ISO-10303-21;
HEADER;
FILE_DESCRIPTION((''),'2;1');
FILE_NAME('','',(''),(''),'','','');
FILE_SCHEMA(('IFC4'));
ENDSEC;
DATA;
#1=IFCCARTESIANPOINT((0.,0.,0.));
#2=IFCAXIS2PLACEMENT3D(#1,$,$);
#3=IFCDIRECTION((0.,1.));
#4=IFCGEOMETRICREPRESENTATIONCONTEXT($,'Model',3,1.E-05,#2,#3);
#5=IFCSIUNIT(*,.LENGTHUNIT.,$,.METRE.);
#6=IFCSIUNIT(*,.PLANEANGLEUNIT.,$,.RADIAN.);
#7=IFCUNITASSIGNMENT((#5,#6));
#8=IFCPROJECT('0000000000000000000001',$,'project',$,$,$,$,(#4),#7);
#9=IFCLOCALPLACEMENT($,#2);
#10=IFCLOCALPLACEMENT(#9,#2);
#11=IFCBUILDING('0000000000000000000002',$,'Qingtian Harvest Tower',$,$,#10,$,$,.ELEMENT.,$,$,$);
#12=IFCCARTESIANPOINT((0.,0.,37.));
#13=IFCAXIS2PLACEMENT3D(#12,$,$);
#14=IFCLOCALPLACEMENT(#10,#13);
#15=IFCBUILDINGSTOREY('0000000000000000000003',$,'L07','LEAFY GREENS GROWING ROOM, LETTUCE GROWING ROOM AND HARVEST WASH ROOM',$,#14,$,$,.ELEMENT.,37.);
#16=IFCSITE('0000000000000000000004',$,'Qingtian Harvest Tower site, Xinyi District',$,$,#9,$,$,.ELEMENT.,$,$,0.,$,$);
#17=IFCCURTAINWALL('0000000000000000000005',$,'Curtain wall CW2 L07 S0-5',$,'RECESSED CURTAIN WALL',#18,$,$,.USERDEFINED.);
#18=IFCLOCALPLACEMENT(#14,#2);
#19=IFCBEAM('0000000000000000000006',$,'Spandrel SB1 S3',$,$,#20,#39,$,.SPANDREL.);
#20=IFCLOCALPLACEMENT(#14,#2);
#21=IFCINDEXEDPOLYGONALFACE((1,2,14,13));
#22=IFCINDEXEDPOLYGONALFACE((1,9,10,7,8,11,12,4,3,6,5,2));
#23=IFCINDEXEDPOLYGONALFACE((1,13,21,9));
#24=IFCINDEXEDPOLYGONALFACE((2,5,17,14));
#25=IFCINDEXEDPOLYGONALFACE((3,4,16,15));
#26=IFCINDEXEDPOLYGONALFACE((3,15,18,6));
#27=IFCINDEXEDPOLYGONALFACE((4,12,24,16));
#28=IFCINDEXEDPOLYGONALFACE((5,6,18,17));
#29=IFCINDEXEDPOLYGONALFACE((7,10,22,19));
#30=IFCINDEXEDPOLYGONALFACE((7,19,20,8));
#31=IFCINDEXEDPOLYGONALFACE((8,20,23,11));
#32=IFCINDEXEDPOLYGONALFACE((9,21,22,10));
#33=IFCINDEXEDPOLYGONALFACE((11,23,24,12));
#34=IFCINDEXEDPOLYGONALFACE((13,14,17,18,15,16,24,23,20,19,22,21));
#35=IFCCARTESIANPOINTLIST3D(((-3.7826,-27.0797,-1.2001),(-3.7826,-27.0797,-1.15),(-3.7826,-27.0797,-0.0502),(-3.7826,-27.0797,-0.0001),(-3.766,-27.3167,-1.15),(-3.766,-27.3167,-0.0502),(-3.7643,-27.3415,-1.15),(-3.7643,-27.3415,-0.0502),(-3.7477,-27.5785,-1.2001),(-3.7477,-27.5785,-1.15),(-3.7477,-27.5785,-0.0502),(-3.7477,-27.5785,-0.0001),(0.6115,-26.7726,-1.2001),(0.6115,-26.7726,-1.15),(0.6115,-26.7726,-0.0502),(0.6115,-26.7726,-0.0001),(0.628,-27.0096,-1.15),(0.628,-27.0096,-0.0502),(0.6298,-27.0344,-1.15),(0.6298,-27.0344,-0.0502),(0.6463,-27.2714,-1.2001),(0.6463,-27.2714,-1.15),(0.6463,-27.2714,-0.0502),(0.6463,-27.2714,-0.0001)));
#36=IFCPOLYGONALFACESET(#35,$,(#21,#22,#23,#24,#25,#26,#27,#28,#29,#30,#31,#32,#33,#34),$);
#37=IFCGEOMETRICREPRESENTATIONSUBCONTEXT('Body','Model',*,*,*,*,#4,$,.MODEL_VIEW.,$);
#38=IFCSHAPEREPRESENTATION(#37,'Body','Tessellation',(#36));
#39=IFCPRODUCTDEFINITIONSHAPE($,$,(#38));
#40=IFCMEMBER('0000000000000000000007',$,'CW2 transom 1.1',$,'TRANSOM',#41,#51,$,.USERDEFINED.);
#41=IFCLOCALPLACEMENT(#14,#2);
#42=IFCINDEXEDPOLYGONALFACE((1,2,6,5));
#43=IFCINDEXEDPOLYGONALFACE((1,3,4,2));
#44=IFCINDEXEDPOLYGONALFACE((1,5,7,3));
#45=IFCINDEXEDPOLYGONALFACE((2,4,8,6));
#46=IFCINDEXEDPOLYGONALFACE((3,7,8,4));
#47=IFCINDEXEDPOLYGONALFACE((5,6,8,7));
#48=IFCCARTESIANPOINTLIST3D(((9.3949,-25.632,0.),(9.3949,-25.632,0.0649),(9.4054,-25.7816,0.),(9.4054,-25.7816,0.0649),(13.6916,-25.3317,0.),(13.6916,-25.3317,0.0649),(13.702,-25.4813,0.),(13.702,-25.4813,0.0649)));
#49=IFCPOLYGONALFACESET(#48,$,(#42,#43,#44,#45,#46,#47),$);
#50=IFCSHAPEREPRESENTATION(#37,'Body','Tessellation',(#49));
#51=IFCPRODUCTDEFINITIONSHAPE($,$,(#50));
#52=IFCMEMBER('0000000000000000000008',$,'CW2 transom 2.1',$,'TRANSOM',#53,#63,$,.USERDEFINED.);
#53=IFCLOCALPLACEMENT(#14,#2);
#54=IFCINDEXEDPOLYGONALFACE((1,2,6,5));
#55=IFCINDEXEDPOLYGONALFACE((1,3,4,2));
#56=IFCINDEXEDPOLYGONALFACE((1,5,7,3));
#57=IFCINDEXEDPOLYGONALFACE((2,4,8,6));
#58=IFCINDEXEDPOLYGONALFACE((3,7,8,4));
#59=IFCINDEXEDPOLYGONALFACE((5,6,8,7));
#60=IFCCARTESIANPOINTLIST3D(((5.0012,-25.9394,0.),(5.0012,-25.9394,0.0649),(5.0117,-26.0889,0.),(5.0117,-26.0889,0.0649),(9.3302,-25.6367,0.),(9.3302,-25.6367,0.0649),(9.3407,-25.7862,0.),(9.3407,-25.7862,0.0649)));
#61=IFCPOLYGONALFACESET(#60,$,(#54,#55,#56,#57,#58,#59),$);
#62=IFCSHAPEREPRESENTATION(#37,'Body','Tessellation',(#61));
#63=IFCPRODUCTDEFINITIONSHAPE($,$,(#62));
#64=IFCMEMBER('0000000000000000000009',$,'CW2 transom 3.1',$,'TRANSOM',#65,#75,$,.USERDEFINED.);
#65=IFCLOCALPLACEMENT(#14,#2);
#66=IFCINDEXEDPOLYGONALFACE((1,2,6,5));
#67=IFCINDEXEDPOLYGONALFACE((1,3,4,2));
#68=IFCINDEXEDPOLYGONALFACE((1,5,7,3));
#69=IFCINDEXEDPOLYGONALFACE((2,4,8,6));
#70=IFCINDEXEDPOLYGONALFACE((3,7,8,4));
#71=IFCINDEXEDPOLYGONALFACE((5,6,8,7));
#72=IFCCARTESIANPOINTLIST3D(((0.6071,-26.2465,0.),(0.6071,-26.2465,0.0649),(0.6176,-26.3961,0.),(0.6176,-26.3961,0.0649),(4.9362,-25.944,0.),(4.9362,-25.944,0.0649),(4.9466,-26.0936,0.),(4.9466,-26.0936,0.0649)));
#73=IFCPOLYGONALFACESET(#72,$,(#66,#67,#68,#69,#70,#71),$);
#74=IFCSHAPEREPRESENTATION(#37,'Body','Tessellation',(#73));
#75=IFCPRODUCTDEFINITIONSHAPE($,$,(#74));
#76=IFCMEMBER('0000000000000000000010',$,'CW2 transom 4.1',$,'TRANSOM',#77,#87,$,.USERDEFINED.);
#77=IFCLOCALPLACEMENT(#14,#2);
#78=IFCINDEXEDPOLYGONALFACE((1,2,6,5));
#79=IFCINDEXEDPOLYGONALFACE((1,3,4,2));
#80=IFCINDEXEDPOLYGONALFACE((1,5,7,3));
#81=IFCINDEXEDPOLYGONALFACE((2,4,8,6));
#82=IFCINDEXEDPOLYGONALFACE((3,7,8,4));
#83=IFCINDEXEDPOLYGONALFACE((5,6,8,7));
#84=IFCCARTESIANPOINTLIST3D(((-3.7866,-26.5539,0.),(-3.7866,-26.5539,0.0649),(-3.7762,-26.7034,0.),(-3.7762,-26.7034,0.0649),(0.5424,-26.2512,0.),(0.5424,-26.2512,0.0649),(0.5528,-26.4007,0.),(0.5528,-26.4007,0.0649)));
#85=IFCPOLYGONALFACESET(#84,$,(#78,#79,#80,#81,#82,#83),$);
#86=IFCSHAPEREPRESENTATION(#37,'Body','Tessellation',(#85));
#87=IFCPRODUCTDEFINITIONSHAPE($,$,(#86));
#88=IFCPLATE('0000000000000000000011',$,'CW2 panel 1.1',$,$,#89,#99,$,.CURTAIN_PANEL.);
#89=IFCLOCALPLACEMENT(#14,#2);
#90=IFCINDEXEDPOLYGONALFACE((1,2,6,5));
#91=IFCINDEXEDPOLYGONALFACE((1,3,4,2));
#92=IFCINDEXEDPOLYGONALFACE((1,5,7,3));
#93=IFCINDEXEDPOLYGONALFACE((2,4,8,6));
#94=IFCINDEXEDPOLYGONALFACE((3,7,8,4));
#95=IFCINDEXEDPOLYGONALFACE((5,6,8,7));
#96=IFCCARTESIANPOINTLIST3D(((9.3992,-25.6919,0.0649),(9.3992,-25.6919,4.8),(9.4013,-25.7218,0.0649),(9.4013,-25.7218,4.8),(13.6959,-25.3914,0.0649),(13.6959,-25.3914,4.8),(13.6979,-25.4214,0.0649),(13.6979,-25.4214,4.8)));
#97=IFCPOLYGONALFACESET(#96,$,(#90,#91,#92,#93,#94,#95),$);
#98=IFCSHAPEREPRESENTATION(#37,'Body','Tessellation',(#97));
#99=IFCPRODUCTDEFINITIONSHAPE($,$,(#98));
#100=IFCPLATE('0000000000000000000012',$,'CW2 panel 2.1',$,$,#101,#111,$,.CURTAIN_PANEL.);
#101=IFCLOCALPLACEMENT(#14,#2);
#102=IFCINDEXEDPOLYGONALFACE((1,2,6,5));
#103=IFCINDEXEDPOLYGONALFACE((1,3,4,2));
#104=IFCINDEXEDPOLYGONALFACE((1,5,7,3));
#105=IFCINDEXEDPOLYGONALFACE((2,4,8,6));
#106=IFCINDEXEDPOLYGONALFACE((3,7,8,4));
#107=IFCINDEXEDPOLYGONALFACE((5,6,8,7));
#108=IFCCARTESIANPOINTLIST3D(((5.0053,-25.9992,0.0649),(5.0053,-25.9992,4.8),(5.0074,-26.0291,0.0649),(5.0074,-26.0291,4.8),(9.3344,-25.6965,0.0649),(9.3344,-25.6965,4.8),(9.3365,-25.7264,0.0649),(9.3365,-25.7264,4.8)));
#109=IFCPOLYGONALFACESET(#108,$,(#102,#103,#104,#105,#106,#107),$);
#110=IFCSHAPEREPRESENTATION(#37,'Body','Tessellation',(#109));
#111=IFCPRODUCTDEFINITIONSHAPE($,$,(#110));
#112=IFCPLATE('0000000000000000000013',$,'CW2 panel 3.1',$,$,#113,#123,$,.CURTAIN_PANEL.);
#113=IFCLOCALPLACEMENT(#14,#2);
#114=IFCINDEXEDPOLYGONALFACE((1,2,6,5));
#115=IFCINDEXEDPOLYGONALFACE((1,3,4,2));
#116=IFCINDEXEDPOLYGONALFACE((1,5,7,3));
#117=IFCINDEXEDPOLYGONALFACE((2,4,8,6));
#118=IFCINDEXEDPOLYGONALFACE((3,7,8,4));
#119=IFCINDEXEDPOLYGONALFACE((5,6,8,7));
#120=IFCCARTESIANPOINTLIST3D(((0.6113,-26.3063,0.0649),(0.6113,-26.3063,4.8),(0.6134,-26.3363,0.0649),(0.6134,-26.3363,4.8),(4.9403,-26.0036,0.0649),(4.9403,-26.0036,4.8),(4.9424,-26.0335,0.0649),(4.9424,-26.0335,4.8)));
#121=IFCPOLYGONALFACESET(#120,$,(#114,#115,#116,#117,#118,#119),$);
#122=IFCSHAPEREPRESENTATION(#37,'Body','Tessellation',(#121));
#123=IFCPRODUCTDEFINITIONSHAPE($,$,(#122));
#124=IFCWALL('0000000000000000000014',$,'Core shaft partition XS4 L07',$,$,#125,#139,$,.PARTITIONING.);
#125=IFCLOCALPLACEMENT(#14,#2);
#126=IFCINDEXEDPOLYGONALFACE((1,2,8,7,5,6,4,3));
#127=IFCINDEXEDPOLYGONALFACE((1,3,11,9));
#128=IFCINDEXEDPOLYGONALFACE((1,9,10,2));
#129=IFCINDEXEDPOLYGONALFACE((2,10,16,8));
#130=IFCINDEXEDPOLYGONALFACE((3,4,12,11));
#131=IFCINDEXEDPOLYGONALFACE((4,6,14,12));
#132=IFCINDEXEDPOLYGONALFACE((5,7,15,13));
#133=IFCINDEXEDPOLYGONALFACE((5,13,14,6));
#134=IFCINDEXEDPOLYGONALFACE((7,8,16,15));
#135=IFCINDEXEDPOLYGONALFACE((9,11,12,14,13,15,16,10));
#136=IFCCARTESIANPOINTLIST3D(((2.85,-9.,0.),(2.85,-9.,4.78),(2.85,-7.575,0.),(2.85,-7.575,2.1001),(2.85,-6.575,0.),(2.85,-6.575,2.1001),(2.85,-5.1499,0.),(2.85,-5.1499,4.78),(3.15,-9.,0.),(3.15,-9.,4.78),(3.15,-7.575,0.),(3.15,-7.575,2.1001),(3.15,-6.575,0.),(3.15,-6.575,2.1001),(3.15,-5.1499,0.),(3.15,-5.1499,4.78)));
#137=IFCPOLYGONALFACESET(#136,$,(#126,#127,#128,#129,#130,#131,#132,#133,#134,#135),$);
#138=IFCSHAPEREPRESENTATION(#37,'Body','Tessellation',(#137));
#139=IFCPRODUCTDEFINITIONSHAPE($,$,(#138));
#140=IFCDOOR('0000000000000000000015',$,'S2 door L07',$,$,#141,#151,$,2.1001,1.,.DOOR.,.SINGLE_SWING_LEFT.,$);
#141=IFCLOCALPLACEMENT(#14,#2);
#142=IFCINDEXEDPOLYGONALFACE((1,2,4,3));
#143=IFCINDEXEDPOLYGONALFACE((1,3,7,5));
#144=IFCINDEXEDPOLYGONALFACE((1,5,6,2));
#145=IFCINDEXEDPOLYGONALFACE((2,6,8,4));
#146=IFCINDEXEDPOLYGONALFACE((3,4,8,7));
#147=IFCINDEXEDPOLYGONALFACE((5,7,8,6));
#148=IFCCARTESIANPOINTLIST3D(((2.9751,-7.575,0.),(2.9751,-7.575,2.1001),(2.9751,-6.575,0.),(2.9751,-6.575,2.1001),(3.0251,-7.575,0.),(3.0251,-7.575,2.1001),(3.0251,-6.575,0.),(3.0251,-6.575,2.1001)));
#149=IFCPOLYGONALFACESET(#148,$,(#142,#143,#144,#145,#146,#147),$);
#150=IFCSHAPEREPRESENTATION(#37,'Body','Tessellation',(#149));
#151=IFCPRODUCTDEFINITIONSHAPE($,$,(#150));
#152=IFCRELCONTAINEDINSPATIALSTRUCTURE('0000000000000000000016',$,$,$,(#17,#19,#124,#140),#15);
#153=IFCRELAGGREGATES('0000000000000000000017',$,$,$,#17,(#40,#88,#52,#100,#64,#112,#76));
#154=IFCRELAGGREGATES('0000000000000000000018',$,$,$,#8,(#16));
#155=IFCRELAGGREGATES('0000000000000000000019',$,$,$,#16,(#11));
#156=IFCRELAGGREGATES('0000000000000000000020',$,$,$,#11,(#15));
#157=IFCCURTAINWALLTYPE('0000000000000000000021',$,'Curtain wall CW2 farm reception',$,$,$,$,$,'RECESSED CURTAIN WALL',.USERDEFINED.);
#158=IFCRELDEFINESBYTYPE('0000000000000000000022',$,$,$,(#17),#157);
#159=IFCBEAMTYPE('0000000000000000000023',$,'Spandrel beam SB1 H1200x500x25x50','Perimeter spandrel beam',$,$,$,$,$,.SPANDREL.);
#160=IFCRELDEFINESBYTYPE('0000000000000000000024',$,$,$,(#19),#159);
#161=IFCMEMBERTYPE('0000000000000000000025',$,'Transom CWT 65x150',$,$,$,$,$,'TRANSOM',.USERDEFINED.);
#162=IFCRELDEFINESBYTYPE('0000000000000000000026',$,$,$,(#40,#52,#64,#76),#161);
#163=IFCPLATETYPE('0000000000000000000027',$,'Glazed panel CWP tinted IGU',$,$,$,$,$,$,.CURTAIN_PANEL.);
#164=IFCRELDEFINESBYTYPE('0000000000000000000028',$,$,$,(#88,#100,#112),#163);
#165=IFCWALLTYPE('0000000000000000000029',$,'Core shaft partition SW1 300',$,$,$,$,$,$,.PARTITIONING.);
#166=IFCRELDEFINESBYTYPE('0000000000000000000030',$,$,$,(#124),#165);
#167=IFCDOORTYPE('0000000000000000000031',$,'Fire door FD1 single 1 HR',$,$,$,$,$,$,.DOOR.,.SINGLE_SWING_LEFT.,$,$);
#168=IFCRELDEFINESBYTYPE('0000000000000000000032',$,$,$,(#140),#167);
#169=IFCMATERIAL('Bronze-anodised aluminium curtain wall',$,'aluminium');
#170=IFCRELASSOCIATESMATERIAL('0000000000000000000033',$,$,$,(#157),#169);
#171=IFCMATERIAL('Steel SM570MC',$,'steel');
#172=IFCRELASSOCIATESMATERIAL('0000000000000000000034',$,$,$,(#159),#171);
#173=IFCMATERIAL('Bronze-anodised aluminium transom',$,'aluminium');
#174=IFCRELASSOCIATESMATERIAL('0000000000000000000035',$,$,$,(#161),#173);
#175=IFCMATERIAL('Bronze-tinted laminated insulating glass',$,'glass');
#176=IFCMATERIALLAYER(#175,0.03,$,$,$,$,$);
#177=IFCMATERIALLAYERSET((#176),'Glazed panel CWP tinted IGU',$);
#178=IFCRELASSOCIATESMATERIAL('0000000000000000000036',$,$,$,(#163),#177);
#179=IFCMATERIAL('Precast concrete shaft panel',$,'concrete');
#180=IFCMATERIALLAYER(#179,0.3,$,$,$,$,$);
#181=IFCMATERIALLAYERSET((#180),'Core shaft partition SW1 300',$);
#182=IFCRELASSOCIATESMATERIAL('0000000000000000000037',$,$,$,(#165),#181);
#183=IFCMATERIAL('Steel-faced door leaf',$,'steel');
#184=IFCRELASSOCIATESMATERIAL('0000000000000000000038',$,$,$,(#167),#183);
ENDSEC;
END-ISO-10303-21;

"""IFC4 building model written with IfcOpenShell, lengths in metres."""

from ifc_helpers import new_model, si_unit, direction, frame, frame_2d, origin, origin_2d, place, context, subcontext, project, spatial, rectangle, i_section, extrude, material, layer, layer_set, material_profile, profile_set, type_object, element, fill, aggregate, save


model = new_model("IFC4")

# Units and contexts
model_context = context("Model", 3, precision=1e-05, world=origin(), true_north=direction((0.0, 1.0)))
body_context = subcontext(model_context, "Body", "Model", "MODEL_VIEW")
ifc_project = project(units=[si_unit("LENGTHUNIT", "METRE"), si_unit("PLANEANGLEUNIT", "RADIAN")], contexts=[model_context])

# Site, building, storey
site_placement = place(None, origin())
site = spatial("IfcSite", under=ifc_project, at=site_placement, Name="Qingtian Harvest Tower site, Xinyi District", CompositionType="ELEMENT", RefElevation=0.0)
building_placement = place(site_placement, origin())
building = spatial("IfcBuilding", under=site, at=building_placement, Name="Qingtian Harvest Tower", CompositionType="ELEMENT")
storey_placement = place(building_placement, frame((0.0, 0.0, 37.0)))
storey = spatial("IfcBuildingStorey", under=building, at=storey_placement, Name="L07", Description="LEAFY GREENS GROWING ROOM, LETTUCE GROWING ROOM AND HARVEST WASH ROOM", CompositionType="ELEMENT", Elevation=37.0)

# Shared definitions
ifc_material_1 = material(Name="Bronze-anodised aluminium curtain wall", Category="aluminium")
curtain_wall_type = type_object("IfcCurtainWallType", Name="Curtain wall CW2 farm reception", ElementType="RECESSED CURTAIN WALL", PredefinedType="USERDEFINED", material=ifc_material_1)

# Curtain wall
curtain_wall_1_placement = place(storey_placement, origin())
curtain_wall_1 = element("IfcCurtainWall", 1, at=curtain_wall_1_placement, inside=storey, type_object=curtain_wall_type, Name="Curtain wall CW2 L07 S0-5", ObjectType="RECESSED CURTAIN WALL", PredefinedType="USERDEFINED")

# Beam
ifc_material_2 = material(Name="Steel SM570MC", Category="steel")
ifc_material_profile_1 = material_profile(ifc_material_2, i_section(OverallWidth=0.5, OverallDepth=1.2, WebThickness=0.0249, FlangeThickness=0.05, at=origin_2d()), Name="H1200x500x25x50")
ifc_profile_set_1 = profile_set([ifc_material_profile_1], Name="Steel SM570MC")
beam_type_1 = type_object("IfcBeamType", Name="Spandrel beam SB1 H1200x500x25x50", Description="Perimeter spandrel beam", PredefinedType="SPANDREL", material=ifc_profile_set_1)
beam_1_placement = place(storey_placement, frame((0.6289, -27.022, -0.6001), z_axis=(-0.997566, -0.069727, 0.0), x_axis=(0.069727, -0.997566, 0.0)))
element("IfcBeam", 2, at=beam_1_placement, inside=storey, type_object=beam_type_1, Name="Spandrel SB1 S3", PredefinedType="SPANDREL", context=body_context, shape_type="SweptSolid", body=[
    extrude(i_section(OverallWidth=0.5, OverallDepth=1.2, WebThickness=0.0249, FlangeThickness=0.05, at=origin_2d()), origin(), (0.0, 0.0, 1.0), 4.4048),
])

# Members
ifc_material_3 = material(Name="Bronze-anodised aluminium transom", Category="aluminium")
ifc_material_profile_2 = material_profile(ifc_material_3, rectangle(XDim=0.1499, YDim=0.0649, at=origin_2d()), Name="AL 65x150")
ifc_profile_set_2 = profile_set([ifc_material_profile_2], Name="Bronze-anodised aluminium transom")
member_type_1 = type_object("IfcMemberType", Name="Transom CWT 65x150", ElementType="TRANSOM", PredefinedType="USERDEFINED", material=ifc_profile_set_2)
member_1_placement = place(storey_placement, frame((13.6968, -25.4065, 0.0325), z_axis=(-0.997567, -0.06972, 0.0), x_axis=(0.06972, -0.997567, 0.0)))
member_1 = element("IfcMember", 3, at=member_1_placement, type_object=member_type_1, Name="CW2 transom 1.1", ObjectType="TRANSOM", PredefinedType="USERDEFINED", context=body_context, shape_type="SweptSolid", body=[
    extrude(rectangle(XDim=0.1499, YDim=0.0649, at=origin_2d()), origin(), (0.0, 0.0, 1.0), 4.3071),
])
member_2_placement = place(storey_placement, frame((9.3354, -25.7114, 0.0325), z_axis=(-0.997564, -0.06976, 0.0), x_axis=(0.06976, -0.997564, 0.0)))
member_2 = element("IfcMember", 4, at=member_2_placement, type_object=member_type_1, Name="CW2 transom 2.1", ObjectType="TRANSOM", PredefinedType="USERDEFINED", context=body_context, shape_type="SweptSolid", body=[
    extrude(rectangle(XDim=0.1499, YDim=0.0649, at=origin_2d()), origin(), (0.0, 0.0, 1.0), 4.3396),
])
member_3_placement = place(storey_placement, frame((4.9414, -26.0188, 0.0325), z_axis=(-0.997568, -0.069704, 0.0), x_axis=(0.069704, -0.997568, 0.0)))
member_3 = element("IfcMember", 5, at=member_3_placement, type_object=member_type_1, Name="CW2 transom 3.1", ObjectType="TRANSOM", PredefinedType="USERDEFINED", context=body_context, shape_type="SweptSolid", body=[
    extrude(rectangle(XDim=0.1499, YDim=0.0649, at=origin_2d()), origin(), (0.0, 0.0, 1.0), 4.3396),
])
member_4_placement = place(storey_placement, frame((0.5476, -26.3259, 0.0325), z_axis=(-0.997564, -0.06976, 0.0), x_axis=(0.06976, -0.997564, 0.0)))
member_4 = element("IfcMember", 6, at=member_4_placement, type_object=member_type_1, Name="CW2 transom 4.1", ObjectType="TRANSOM", PredefinedType="USERDEFINED", context=body_context, shape_type="SweptSolid", body=[
    extrude(rectangle(XDim=0.1499, YDim=0.0649, at=origin_2d()), origin(), (0.0, 0.0, 1.0), 4.3396),
])

# Plates
ifc_material_4 = material(Name="Bronze-tinted laminated insulating glass", Category="glass")
ifc_layer_1 = layer(ifc_material_4, 0.03)
ifc_layer_set_1 = layer_set([ifc_layer_1], Name="Glazed panel CWP tinted IGU")
plate_type = type_object("IfcPlateType", Name="Glazed panel CWP tinted IGU", PredefinedType="CURTAIN_PANEL", material=ifc_layer_set_1)
plate_1_placement = place(storey_placement, frame((11.5486, -25.5566, 0.0649), z_axis=(0.0, 0.0, 1.0), x_axis=(-0.997564, -0.069756, 0.0)))
plate_1 = element("IfcPlate", 7, at=plate_1_placement, type_object=plate_type, Name="CW2 panel 1.1", PredefinedType="CURTAIN_PANEL", context=body_context, shape_type="SweptSolid", body=[
    extrude(rectangle(XDim=4.3071, YDim=0.03, at=origin_2d()), origin(), (0.0, 0.0, 1.0), 4.7351),
])
plate_2_placement = place(storey_placement, frame((7.1709, -25.8628, 0.0649), z_axis=(0.0, 0.0, 1.0), x_axis=(-0.997564, -0.069756, 0.0)))
plate_2 = element("IfcPlate", 8, at=plate_2_placement, type_object=plate_type, Name="CW2 panel 2.1", PredefinedType="CURTAIN_PANEL", context=body_context, shape_type="SweptSolid", body=[
    extrude(rectangle(XDim=4.3396, YDim=0.03, at=origin_2d()), origin(), (0.0, 0.0, 1.0), 4.7351),
])
plate_3_placement = place(storey_placement, frame((2.7769, -26.1699, 0.0649), z_axis=(0.0, 0.0, 1.0), x_axis=(-0.997564, -0.069756, 0.0)))
plate_3 = element("IfcPlate", 9, at=plate_3_placement, type_object=plate_type, Name="CW2 panel 3.1", PredefinedType="CURTAIN_PANEL", context=body_context, shape_type="SweptSolid", body=[
    extrude(rectangle(XDim=4.3396, YDim=0.03, at=origin_2d()), origin(), (0.0, 0.0, 1.0), 4.7351),
])
aggregate(curtain_wall_1, [member_1, plate_1, member_2, plate_2, member_3, plate_3, member_4])

# Wall, opening, door
ifc_material_5 = material(Name="Precast concrete shaft panel", Category="concrete")
ifc_layer_2 = layer(ifc_material_5, 0.3)
ifc_layer_set_2 = layer_set([ifc_layer_2], Name="Core shaft partition SW1 300")
wall_type_1 = type_object("IfcWallType", Name="Core shaft partition SW1 300", PredefinedType="PARTITIONING", material=ifc_layer_set_2)
wall_1_placement = place(storey_placement, frame((3.0, -9.0, 0.0), z_axis=(0.0, 0.0, 1.0), x_axis=(0.0, 1.0, 0.0)))
wall_1 = element("IfcWall", 10, at=wall_1_placement, inside=storey, type_object=wall_type_1, Name="Core shaft partition XS4 L07", PredefinedType="PARTITIONING", context=body_context, shape_type="SweptSolid", body=[
    extrude(rectangle(XDim=3.8501, YDim=0.3, at=frame_2d((1.925, 0.0))), origin(), (0.0, 0.0, 1.0), 4.78),
])
opening_1_placement = place(wall_1_placement, frame((1.425, 0.0, 0.0)))
opening_1 = element("IfcOpeningElement", 11, at=opening_1_placement, cuts=wall_1, PredefinedType="OPENING", context=body_context, shape_type="SweptSolid", body=[
    extrude(rectangle(XDim=1.0, YDim=2.1001, at=frame_2d((0.5, 1.05))), frame((0.0, 0.1599, 0.0), z_axis=(0.0, -1.0, 0.0), x_axis=(1.0, 0.0, 0.0)), (0.0, 0.0, 1.0), 0.3201),
])
ifc_material_6 = material(Name="Steel-faced door leaf", Category="steel")
door_type_1 = type_object("IfcDoorType", Name="Fire door FD1 single 1 HR", OperationType="SINGLE_SWING_LEFT", PredefinedType="DOOR", material=ifc_material_6)
door_1_placement = place(opening_1_placement, origin())
door_1 = element("IfcDoor", 12, at=door_1_placement, inside=storey, type_object=door_type_1, Name="S2 door L07", OperationType="SINGLE_SWING_LEFT", OverallHeight=2.1001, OverallWidth=1.0, PredefinedType="DOOR", context=body_context, shape_type="SweptSolid", body=[
    extrude(rectangle(XDim=1.0, YDim=2.1001, at=frame_2d((0.5, 1.05))), frame((0.0, 0.0249, 0.0), z_axis=(0.0, -1.0, 0.0), x_axis=(1.0, 0.0, 0.0)), (0.0, 0.0, 1.0), 0.05),
])
fill(opening_1, door_1)

save(model, "model.ifc")
